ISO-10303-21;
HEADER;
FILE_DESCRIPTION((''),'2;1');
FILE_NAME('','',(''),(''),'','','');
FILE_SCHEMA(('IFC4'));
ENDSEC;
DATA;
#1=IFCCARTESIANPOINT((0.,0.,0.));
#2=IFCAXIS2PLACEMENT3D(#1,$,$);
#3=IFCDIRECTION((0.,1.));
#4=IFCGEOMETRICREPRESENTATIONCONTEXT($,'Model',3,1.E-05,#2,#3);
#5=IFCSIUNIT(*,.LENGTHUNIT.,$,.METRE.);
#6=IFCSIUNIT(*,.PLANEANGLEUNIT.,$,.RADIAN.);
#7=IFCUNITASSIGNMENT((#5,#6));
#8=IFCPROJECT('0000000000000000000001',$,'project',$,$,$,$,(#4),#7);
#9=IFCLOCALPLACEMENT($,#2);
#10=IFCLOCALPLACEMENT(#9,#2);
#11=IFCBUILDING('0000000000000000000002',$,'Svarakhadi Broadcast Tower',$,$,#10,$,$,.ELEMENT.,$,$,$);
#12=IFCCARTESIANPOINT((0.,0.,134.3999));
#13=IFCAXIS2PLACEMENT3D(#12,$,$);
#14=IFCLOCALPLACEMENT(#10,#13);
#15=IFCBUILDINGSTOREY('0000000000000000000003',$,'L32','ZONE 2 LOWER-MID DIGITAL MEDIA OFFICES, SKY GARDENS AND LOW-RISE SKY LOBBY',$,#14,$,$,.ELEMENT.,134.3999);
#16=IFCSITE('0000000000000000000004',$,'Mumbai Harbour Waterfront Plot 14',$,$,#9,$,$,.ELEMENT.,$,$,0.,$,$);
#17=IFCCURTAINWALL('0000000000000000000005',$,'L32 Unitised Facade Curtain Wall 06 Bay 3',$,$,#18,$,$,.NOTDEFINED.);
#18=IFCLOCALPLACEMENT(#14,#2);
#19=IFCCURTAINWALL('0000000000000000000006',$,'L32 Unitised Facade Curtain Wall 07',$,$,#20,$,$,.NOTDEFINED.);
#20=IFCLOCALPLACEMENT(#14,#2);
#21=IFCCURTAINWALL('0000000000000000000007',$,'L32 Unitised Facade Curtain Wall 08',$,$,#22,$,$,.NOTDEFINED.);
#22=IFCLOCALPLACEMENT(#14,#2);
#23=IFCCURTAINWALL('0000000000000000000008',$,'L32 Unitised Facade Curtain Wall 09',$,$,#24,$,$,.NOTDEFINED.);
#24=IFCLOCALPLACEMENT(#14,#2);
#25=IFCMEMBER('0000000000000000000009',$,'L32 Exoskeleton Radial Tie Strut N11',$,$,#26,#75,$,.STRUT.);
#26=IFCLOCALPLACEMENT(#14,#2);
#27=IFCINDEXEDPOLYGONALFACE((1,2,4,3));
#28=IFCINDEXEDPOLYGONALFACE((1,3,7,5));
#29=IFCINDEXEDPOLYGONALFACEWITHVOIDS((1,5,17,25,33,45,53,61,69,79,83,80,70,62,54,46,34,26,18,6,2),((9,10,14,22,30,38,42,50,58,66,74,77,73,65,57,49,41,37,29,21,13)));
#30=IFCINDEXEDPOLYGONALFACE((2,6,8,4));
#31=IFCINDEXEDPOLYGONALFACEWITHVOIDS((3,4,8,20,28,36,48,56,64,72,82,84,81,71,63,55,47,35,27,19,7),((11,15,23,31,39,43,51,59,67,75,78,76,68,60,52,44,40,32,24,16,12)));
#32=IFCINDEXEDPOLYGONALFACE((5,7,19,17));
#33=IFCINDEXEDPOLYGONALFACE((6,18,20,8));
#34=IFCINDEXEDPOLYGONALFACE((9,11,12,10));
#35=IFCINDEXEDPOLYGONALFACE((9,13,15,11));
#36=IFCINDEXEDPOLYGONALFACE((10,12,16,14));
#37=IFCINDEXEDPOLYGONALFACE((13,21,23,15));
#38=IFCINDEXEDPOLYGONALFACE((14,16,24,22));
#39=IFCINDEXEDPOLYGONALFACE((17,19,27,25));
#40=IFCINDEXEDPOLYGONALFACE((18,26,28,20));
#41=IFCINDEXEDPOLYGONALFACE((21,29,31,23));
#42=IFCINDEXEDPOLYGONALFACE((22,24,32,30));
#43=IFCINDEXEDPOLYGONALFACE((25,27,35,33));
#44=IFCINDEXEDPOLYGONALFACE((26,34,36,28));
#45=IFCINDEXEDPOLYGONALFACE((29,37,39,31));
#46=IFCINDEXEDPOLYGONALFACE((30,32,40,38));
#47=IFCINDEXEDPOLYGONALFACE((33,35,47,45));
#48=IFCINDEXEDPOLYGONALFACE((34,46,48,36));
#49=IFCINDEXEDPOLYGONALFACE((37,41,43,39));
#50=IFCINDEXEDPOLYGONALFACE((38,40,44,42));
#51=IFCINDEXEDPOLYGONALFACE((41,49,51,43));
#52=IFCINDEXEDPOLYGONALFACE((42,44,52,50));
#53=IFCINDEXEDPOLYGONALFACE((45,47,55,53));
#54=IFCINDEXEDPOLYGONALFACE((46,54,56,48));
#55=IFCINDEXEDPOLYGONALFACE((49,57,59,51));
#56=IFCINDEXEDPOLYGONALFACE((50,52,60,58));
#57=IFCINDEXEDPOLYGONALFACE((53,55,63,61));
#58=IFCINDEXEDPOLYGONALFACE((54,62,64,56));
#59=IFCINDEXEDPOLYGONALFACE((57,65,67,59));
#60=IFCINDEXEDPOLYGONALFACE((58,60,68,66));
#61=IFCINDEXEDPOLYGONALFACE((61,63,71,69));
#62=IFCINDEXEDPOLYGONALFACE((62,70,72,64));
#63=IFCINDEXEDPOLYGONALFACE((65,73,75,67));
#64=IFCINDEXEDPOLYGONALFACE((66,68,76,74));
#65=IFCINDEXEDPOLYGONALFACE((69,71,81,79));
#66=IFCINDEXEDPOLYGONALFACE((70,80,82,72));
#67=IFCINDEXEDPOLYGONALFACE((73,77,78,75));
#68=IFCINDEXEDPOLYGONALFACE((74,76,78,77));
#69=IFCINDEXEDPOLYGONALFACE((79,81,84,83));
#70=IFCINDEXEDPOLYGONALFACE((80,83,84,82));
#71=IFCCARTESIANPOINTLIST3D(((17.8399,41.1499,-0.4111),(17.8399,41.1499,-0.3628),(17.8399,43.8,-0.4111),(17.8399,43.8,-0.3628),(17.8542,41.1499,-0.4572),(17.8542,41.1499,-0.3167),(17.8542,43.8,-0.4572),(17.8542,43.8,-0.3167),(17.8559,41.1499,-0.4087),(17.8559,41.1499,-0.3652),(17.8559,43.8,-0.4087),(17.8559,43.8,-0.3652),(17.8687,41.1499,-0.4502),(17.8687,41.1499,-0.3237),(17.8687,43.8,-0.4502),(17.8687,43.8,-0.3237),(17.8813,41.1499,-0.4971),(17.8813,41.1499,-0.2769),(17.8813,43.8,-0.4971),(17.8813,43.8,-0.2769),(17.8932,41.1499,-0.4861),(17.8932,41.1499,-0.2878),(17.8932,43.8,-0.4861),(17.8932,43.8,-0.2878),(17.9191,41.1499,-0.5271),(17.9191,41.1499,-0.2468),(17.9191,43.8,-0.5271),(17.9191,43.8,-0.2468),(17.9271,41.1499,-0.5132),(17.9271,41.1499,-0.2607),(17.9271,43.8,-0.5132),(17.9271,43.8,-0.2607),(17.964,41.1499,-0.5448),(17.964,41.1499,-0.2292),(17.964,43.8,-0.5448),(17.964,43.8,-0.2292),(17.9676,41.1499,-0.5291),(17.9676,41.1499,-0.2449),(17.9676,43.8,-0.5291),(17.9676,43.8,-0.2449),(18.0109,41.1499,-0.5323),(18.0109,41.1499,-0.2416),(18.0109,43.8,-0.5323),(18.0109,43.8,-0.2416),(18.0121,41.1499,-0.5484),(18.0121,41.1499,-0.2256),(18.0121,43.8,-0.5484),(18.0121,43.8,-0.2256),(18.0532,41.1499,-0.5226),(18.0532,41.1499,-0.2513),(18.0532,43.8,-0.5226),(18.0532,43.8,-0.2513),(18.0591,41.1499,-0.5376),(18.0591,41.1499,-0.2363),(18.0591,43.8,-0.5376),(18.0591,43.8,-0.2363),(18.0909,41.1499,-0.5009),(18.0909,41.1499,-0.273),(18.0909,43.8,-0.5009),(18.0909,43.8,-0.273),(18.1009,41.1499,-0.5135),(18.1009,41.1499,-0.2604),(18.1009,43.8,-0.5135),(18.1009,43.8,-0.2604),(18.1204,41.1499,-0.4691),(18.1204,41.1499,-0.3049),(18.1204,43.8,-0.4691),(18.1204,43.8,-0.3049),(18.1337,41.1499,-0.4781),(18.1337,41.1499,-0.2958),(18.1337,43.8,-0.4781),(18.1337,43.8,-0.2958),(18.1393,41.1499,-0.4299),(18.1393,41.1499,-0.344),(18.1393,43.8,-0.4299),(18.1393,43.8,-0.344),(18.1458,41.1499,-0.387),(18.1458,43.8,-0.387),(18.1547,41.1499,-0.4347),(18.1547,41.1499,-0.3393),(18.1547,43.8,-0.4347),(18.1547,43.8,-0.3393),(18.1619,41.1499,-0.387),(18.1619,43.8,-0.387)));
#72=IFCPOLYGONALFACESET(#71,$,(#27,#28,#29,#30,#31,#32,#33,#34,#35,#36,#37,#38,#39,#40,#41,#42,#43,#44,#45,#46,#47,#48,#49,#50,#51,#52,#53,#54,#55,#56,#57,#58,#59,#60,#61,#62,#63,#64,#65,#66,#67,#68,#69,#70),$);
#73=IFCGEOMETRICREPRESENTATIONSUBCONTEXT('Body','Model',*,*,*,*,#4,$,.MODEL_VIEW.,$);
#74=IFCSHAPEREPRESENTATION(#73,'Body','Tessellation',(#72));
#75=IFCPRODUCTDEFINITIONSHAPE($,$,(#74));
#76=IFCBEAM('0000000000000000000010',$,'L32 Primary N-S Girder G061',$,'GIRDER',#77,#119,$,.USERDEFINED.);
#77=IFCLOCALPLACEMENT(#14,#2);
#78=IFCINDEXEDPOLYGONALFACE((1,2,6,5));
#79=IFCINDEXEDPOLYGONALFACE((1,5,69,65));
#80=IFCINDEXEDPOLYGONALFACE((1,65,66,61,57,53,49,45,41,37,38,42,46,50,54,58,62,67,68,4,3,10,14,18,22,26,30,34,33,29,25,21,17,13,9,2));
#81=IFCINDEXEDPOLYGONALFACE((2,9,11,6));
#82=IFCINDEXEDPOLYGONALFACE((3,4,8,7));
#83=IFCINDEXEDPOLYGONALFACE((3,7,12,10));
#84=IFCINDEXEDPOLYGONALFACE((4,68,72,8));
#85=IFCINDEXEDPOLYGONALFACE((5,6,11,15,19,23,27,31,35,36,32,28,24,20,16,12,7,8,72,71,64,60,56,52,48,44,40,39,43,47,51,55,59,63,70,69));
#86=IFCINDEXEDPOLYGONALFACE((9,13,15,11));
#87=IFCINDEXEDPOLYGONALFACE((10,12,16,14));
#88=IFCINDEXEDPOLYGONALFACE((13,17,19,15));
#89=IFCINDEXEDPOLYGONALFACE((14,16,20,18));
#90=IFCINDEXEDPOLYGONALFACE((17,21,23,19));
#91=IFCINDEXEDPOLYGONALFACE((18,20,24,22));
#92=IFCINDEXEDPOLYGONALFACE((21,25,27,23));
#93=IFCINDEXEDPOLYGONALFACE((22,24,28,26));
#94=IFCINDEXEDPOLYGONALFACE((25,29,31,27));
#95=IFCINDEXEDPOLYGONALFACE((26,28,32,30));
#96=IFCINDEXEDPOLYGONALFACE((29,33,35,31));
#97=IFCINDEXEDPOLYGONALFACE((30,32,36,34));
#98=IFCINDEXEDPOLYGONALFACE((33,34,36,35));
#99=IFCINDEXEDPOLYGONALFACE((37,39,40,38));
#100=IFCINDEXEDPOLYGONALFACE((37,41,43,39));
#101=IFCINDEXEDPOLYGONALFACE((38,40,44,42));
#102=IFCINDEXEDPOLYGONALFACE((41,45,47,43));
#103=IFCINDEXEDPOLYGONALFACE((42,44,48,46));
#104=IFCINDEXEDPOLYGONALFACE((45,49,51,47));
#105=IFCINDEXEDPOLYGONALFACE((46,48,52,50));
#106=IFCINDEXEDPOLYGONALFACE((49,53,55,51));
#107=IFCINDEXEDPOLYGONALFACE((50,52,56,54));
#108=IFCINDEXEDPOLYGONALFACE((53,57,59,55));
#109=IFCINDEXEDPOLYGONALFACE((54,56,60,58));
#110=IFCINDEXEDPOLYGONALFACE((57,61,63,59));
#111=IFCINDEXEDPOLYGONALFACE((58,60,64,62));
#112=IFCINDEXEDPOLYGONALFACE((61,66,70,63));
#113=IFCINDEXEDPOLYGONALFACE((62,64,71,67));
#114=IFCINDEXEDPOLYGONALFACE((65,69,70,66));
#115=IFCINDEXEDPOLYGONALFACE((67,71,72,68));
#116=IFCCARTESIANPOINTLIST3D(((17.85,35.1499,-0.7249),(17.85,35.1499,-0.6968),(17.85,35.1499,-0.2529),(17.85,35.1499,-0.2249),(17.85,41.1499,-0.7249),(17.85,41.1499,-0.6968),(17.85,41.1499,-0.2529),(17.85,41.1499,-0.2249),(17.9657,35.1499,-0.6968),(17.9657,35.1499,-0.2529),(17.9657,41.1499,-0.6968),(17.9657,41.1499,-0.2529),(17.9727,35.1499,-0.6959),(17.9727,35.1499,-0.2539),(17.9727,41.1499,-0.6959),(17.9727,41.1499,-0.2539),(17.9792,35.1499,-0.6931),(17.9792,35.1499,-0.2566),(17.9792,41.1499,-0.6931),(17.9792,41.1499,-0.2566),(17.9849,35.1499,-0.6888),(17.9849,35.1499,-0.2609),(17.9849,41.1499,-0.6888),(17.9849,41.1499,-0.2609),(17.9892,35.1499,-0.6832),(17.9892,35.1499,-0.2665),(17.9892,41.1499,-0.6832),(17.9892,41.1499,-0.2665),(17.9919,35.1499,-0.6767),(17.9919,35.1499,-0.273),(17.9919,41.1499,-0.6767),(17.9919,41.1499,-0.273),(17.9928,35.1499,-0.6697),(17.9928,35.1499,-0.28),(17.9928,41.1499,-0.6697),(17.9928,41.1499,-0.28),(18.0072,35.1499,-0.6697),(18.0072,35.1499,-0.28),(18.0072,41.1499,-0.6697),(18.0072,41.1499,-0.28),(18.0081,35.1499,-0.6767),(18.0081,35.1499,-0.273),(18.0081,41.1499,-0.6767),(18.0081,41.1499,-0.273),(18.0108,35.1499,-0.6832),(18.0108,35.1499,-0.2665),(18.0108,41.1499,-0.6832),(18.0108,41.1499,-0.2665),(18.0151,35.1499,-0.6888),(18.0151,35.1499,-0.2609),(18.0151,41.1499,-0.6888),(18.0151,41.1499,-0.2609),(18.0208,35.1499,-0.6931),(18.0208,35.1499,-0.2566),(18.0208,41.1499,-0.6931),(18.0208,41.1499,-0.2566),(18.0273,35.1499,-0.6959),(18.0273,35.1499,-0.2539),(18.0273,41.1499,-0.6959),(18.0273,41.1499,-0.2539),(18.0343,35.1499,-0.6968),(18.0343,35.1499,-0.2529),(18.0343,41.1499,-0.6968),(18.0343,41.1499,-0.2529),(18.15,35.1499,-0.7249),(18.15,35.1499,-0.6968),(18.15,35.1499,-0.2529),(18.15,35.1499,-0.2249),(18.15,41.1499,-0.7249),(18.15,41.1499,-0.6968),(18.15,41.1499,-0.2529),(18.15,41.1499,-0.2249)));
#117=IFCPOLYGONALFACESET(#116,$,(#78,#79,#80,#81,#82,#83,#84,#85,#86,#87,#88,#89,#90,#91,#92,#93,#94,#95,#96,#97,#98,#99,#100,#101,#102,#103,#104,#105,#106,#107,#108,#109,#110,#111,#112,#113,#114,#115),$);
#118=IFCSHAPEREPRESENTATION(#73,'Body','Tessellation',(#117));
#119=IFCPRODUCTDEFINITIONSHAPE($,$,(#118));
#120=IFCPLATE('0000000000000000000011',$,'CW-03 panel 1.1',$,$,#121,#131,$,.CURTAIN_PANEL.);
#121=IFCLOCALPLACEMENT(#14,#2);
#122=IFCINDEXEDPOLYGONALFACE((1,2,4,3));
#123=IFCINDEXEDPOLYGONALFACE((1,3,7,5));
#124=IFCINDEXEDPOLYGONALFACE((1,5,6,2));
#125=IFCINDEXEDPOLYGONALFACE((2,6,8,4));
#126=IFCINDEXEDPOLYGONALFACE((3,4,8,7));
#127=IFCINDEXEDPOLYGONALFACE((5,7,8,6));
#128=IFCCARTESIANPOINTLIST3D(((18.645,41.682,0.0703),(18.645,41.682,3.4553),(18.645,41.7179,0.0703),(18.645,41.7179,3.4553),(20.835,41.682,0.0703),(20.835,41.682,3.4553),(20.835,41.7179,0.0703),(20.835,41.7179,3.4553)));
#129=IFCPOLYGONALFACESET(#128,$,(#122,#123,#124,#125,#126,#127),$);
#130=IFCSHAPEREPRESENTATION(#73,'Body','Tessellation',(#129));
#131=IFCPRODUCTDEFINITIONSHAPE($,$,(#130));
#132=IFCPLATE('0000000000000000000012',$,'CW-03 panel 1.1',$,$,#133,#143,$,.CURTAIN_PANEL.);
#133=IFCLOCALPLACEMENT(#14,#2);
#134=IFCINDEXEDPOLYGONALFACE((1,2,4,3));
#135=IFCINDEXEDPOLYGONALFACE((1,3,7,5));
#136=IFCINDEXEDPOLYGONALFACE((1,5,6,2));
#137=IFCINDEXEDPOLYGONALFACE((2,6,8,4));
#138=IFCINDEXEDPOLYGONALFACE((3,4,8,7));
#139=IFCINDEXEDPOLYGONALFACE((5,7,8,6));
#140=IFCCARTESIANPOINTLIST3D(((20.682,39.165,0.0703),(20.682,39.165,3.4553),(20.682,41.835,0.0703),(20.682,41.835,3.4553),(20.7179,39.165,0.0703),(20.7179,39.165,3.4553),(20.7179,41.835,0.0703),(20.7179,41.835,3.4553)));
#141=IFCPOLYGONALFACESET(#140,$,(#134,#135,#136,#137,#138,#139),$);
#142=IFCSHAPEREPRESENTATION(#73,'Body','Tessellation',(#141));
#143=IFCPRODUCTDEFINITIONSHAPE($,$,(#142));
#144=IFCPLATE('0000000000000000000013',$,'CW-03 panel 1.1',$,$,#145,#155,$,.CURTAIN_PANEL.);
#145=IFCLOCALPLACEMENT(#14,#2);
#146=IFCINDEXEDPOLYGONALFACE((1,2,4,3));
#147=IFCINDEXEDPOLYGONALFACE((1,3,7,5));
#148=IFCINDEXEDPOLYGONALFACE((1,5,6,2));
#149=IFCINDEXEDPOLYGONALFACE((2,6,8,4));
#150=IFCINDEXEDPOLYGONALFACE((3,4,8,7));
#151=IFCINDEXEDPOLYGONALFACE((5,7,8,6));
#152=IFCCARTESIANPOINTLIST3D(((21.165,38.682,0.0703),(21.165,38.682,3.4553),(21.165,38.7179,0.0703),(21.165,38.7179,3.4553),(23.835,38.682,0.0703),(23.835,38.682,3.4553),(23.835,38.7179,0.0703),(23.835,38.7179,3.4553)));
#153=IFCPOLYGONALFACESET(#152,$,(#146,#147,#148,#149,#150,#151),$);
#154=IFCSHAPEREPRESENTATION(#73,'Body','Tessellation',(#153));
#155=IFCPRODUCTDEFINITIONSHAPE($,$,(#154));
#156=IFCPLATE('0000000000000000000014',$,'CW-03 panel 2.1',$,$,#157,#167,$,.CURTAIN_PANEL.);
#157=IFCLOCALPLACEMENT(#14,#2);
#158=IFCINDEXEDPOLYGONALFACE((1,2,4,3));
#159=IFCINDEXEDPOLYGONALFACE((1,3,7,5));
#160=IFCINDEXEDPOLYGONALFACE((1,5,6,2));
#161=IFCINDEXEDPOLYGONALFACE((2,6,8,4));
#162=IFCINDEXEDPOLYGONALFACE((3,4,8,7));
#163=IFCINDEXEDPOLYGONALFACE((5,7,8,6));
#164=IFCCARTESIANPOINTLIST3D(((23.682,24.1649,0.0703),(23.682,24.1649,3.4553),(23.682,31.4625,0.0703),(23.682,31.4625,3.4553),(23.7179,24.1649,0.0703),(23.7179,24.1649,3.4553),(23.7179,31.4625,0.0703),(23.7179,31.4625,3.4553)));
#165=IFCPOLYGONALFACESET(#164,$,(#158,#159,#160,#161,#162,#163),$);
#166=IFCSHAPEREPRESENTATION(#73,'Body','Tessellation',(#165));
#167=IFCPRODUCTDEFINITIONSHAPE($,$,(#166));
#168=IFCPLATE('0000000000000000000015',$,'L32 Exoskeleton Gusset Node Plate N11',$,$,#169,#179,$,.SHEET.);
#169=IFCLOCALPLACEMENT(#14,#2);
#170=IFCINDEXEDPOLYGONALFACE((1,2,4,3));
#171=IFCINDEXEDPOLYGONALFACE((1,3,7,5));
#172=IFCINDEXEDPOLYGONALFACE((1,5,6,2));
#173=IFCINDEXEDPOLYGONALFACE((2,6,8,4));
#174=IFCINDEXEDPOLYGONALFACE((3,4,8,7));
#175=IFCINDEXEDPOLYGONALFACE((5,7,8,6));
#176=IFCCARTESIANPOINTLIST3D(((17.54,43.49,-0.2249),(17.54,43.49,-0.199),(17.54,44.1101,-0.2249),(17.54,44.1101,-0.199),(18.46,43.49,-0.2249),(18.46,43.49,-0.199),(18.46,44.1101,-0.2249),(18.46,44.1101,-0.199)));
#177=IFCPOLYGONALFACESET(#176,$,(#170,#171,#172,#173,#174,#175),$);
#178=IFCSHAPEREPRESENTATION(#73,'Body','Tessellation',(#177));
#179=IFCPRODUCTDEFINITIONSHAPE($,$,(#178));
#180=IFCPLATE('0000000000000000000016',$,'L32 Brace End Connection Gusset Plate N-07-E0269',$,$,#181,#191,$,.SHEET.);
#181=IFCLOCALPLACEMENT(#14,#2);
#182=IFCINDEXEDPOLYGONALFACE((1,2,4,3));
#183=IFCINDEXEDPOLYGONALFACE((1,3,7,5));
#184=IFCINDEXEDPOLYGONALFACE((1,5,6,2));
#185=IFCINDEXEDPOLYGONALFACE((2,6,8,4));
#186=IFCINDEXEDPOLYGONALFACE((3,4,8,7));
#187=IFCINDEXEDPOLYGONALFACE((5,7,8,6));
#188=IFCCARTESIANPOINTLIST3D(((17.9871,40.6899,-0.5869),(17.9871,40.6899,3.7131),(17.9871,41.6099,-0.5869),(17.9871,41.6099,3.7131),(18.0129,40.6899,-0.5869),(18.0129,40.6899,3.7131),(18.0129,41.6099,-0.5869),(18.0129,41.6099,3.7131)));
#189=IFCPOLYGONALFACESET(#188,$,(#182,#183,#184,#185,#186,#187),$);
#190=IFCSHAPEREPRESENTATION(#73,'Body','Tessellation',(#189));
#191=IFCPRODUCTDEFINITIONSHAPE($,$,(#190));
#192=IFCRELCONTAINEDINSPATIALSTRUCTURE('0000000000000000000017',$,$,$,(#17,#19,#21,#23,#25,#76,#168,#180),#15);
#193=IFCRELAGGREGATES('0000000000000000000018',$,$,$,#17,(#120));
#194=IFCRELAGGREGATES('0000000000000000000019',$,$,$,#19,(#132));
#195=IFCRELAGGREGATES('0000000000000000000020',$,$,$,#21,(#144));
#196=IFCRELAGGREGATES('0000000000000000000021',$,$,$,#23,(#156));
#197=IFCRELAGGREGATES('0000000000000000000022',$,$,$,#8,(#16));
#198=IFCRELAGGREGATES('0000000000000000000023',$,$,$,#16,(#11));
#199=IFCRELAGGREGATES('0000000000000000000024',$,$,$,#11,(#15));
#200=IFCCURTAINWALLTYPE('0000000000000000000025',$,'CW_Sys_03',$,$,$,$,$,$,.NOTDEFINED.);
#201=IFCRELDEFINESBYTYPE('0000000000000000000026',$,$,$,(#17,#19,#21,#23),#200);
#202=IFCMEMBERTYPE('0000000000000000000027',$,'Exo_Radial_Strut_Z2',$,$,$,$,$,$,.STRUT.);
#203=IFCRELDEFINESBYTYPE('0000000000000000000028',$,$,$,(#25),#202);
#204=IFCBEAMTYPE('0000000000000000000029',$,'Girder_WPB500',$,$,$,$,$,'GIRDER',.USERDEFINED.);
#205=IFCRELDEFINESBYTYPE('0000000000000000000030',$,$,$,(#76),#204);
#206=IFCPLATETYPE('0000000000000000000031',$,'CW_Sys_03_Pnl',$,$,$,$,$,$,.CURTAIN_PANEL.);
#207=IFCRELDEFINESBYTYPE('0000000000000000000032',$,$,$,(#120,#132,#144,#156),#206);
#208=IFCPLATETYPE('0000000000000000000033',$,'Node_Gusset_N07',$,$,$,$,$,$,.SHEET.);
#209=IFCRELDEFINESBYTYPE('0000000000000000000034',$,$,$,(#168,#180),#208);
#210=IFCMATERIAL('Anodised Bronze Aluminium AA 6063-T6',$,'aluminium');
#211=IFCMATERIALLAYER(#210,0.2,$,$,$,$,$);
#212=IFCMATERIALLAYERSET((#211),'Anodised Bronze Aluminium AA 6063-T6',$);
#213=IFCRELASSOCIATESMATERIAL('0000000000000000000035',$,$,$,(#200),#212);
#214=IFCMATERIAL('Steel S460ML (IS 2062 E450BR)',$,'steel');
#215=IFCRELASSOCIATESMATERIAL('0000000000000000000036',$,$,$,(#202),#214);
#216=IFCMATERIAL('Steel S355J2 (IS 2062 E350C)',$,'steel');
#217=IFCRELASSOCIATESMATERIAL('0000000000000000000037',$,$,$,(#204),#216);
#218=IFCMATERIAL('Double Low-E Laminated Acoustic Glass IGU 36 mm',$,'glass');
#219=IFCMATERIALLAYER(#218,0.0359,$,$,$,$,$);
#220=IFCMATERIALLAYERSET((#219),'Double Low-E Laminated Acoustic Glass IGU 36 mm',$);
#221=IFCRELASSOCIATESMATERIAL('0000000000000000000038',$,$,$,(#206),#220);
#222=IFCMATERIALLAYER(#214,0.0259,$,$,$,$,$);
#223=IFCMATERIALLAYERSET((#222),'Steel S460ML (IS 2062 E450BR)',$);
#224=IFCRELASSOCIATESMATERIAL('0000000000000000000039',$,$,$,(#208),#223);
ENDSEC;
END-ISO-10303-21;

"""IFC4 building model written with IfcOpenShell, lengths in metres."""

from ifc_helpers import new_model, si_unit, direction, frame, origin, origin_2d, place, context, subcontext, project, spatial, rectangle, hollow_circle, i_section, extrude, material, layer, layer_set, material_profile, profile_set, type_object, element, aggregate, save


model = new_model("IFC4")

# Units and contexts
model_context = context("Model", 3, precision=1e-05, world=origin(), true_north=direction((0.0, 1.0)))
body_context = subcontext(model_context, "Body", "Model", "MODEL_VIEW")
ifc_project = project(units=[si_unit("LENGTHUNIT", "METRE"), si_unit("PLANEANGLEUNIT", "RADIAN")], contexts=[model_context])

# Site, building, storey
site_placement = place(None, origin())
site = spatial("IfcSite", under=ifc_project, at=site_placement, Name="Mumbai Harbour Waterfront Plot 14", CompositionType="ELEMENT", RefElevation=0.0)
building_placement = place(site_placement, origin())
building = spatial("IfcBuilding", under=site, at=building_placement, Name="Svarakhadi Broadcast Tower", CompositionType="ELEMENT")
storey_placement = place(building_placement, frame((0.0, 0.0, 134.3999)))
storey = spatial("IfcBuildingStorey", under=building, at=storey_placement, Name="L32", Description="ZONE 2 LOWER-MID DIGITAL MEDIA OFFICES, SKY GARDENS AND LOW-RISE SKY LOBBY", CompositionType="ELEMENT", Elevation=134.3999)

# Curtain walls
ifc_material_1 = material(Name="Anodised Bronze Aluminium AA 6063-T6", Category="aluminium")
ifc_layer_1 = layer(ifc_material_1, 0.2)
ifc_layer_set_1 = layer_set([ifc_layer_1], Name="Anodised Bronze Aluminium AA 6063-T6")
curtain_wall_type = type_object("IfcCurtainWallType", Name="CW_Sys_03", PredefinedType="NOTDEFINED", material=ifc_layer_set_1)
curtain_wall_1_placement = place(storey_placement, origin())
curtain_wall_1 = element("IfcCurtainWall", 1, at=curtain_wall_1_placement, inside=storey, type_object=curtain_wall_type, Name="L32 Unitised Facade Curtain Wall 06 Bay 3", PredefinedType="NOTDEFINED")
curtain_wall_2_placement = place(storey_placement, origin())
curtain_wall_2 = element("IfcCurtainWall", 2, at=curtain_wall_2_placement, inside=storey, type_object=curtain_wall_type, Name="L32 Unitised Facade Curtain Wall 07", PredefinedType="NOTDEFINED")

# Curtain wall
curtain_wall_3_placement = place(storey_placement, origin())
curtain_wall_3 = element("IfcCurtainWall", 3, at=curtain_wall_3_placement, inside=storey, type_object=curtain_wall_type, Name="L32 Unitised Facade Curtain Wall 08", PredefinedType="NOTDEFINED")

# Curtain wall
curtain_wall_4_placement = place(storey_placement, origin())
curtain_wall_4 = element("IfcCurtainWall", 4, at=curtain_wall_4_placement, inside=storey, type_object=curtain_wall_type, Name="L32 Unitised Facade Curtain Wall 09", PredefinedType="NOTDEFINED")

# Member
ifc_material_2 = material(Name="Steel S460ML (IS 2062 E450BR)", Category="steel")
ifc_material_profile_1 = material_profile(ifc_material_2, hollow_circle(Radius=0.1619, WallThickness=0.0161, at=origin_2d()), Name="CHS 323.9x16")
ifc_profile_set_1 = profile_set([ifc_material_profile_1], Name="Steel S460ML (IS 2062 E450BR)")
member_type_1 = type_object("IfcMemberType", Name="Exo_Radial_Strut_Z2", PredefinedType="STRUT", material=ifc_profile_set_1)
member_1_placement = place(storey_placement, frame((18.0, 43.8, -0.387), z_axis=(0.0, -1.0, 0.0), x_axis=(1.0, 0.0, 0.0)))
element("IfcMember", 5, at=member_1_placement, inside=storey, type_object=member_type_1, Name="L32 Exoskeleton Radial Tie Strut N11", PredefinedType="STRUT", context=body_context, shape_type="SweptSolid", body=[
    extrude(hollow_circle(Radius=0.1619, WallThickness=0.0161, at=origin_2d()), origin(), (0.0, 0.0, 1.0), 2.6501),
])

# Beam
ifc_material_3 = material(Name="Steel S355J2 (IS 2062 E350C)", Category="steel")
ifc_material_profile_2 = material_profile(ifc_material_3, i_section(OverallWidth=0.3, OverallDepth=0.5, WebThickness=0.0144, FlangeThickness=0.0281, FilletRadius=0.0271, at=origin_2d()), Name="WPB 500x300x187")
ifc_profile_set_2 = profile_set([ifc_material_profile_2], Name="Steel S355J2 (IS 2062 E350C)")
beam_type = type_object("IfcBeamType", Name="Girder_WPB500", ElementType="GIRDER", PredefinedType="USERDEFINED", material=ifc_profile_set_2)
beam_placement = place(storey_placement, frame((18.0, 35.1499, -0.4749), z_axis=(0.0, 1.0, 0.0), x_axis=(-1.0, 0.0, 0.0)))
element("IfcBeam", 6, at=beam_placement, inside=storey, type_object=beam_type, Name="L32 Primary N-S Girder G061", ObjectType="GIRDER", PredefinedType="USERDEFINED", context=body_context, shape_type="SweptSolid", body=[
    extrude(i_section(OverallWidth=0.3, OverallDepth=0.5, WebThickness=0.0144, FlangeThickness=0.0281, FilletRadius=0.0271, at=origin_2d()), origin(), (0.0, 0.0, 1.0), 6.0),
])

# Plates
ifc_material_4 = material(Name="Double Low-E Laminated Acoustic Glass IGU 36 mm", Category="glass")
ifc_layer_2 = layer(ifc_material_4, 0.0359)
ifc_layer_set_2 = layer_set([ifc_layer_2], Name="Double Low-E Laminated Acoustic Glass IGU 36 mm")
plate_type_1 = type_object("IfcPlateType", Name="CW_Sys_03_Pnl", PredefinedType="CURTAIN_PANEL", material=ifc_layer_set_2)
plate_1_placement = place(storey_placement, frame((19.74, 41.7, 0.0703), z_axis=(0.0, 0.0, 1.0), x_axis=(1.0, 0.0, 0.0)))
plate_1 = element("IfcPlate", 7, at=plate_1_placement, type_object=plate_type_1, Name="CW-03 panel 1.1", PredefinedType="CURTAIN_PANEL", context=body_context, shape_type="SweptSolid", body=[
    extrude(rectangle(XDim=2.1899, YDim=0.0359, at=origin_2d()), origin(), (0.0, 0.0, 1.0), 3.385),
])
aggregate(curtain_wall_1, [plate_1])
plate_2_placement = place(storey_placement, frame((20.7, 40.5, 0.0703), z_axis=(0.0, 0.0, 1.0), x_axis=(0.0, -1.0, 0.0)))
plate_2 = element("IfcPlate", 8, at=plate_2_placement, type_object=plate_type_1, Name="CW-03 panel 1.1", PredefinedType="CURTAIN_PANEL", context=body_context, shape_type="SweptSolid", body=[
    extrude(rectangle(XDim=2.6699, YDim=0.0359, at=origin_2d()), origin(), (0.0, 0.0, 1.0), 3.385),
])
aggregate(curtain_wall_2, [plate_2])
plate_3_placement = place(storey_placement, frame((22.5, 38.7, 0.0703), z_axis=(0.0, 0.0, 1.0), x_axis=(1.0, 0.0, 0.0)))
plate_3 = element("IfcPlate", 9, at=plate_3_placement, type_object=plate_type_1, Name="CW-03 panel 1.1", PredefinedType="CURTAIN_PANEL", context=body_context, shape_type="SweptSolid", body=[
    extrude(rectangle(XDim=2.6699, YDim=0.0359, at=origin_2d()), origin(), (0.0, 0.0, 1.0), 3.385),
])
aggregate(curtain_wall_3, [plate_3])
plate_4_placement = place(storey_placement, frame((23.7, 27.8137, 0.0703), z_axis=(0.0, 0.0, 1.0), x_axis=(0.0, -1.0, 0.0)))
plate_4 = element("IfcPlate", 10, at=plate_4_placement, type_object=plate_type_1, Name="CW-03 panel 2.1", PredefinedType="CURTAIN_PANEL", context=body_context, shape_type="SweptSolid", body=[
    extrude(rectangle(XDim=7.2976, YDim=0.0359, at=origin_2d()), origin(), (0.0, 0.0, 1.0), 3.385),
])
aggregate(curtain_wall_4, [plate_4])

# Plates
ifc_layer_3 = layer(ifc_material_2, 0.0259)
ifc_layer_set_3 = layer_set([ifc_layer_3], Name="Steel S460ML (IS 2062 E450BR)")
plate_type_2 = type_object("IfcPlateType", Name="Node_Gusset_N07", PredefinedType="SHEET", material=ifc_layer_set_3)
plate_5_placement = place(storey_placement, frame((18.0, 43.8, -0.2249), z_axis=(0.0, 0.0, 1.0), x_axis=(1.0, 0.0, 0.0)))
element("IfcPlate", 11, at=plate_5_placement, inside=storey, type_object=plate_type_2, Name="L32 Exoskeleton Gusset Node Plate N11", PredefinedType="SHEET", context=body_context, shape_type="SweptSolid", body=[
    extrude(rectangle(XDim=0.9199, YDim=0.6201, at=origin_2d()), origin(), (0.0, 0.0, 1.0), 0.0259),
])
plate_6_placement = place(storey_placement, frame((18.0, 41.1499, -0.5869), z_axis=(0.0, 0.0, 1.0), x_axis=(0.0, 1.0, 0.0)))
element("IfcPlate", 12, at=plate_6_placement, inside=storey, type_object=plate_type_2, Name="L32 Brace End Connection Gusset Plate N-07-E0269", PredefinedType="SHEET", context=body_context, shape_type="SweptSolid", body=[
    extrude(rectangle(XDim=0.9199, YDim=0.0259, at=origin_2d()), origin(), (0.0, 0.0, 1.0), 4.3),
])

save(model, "model.ifc")
